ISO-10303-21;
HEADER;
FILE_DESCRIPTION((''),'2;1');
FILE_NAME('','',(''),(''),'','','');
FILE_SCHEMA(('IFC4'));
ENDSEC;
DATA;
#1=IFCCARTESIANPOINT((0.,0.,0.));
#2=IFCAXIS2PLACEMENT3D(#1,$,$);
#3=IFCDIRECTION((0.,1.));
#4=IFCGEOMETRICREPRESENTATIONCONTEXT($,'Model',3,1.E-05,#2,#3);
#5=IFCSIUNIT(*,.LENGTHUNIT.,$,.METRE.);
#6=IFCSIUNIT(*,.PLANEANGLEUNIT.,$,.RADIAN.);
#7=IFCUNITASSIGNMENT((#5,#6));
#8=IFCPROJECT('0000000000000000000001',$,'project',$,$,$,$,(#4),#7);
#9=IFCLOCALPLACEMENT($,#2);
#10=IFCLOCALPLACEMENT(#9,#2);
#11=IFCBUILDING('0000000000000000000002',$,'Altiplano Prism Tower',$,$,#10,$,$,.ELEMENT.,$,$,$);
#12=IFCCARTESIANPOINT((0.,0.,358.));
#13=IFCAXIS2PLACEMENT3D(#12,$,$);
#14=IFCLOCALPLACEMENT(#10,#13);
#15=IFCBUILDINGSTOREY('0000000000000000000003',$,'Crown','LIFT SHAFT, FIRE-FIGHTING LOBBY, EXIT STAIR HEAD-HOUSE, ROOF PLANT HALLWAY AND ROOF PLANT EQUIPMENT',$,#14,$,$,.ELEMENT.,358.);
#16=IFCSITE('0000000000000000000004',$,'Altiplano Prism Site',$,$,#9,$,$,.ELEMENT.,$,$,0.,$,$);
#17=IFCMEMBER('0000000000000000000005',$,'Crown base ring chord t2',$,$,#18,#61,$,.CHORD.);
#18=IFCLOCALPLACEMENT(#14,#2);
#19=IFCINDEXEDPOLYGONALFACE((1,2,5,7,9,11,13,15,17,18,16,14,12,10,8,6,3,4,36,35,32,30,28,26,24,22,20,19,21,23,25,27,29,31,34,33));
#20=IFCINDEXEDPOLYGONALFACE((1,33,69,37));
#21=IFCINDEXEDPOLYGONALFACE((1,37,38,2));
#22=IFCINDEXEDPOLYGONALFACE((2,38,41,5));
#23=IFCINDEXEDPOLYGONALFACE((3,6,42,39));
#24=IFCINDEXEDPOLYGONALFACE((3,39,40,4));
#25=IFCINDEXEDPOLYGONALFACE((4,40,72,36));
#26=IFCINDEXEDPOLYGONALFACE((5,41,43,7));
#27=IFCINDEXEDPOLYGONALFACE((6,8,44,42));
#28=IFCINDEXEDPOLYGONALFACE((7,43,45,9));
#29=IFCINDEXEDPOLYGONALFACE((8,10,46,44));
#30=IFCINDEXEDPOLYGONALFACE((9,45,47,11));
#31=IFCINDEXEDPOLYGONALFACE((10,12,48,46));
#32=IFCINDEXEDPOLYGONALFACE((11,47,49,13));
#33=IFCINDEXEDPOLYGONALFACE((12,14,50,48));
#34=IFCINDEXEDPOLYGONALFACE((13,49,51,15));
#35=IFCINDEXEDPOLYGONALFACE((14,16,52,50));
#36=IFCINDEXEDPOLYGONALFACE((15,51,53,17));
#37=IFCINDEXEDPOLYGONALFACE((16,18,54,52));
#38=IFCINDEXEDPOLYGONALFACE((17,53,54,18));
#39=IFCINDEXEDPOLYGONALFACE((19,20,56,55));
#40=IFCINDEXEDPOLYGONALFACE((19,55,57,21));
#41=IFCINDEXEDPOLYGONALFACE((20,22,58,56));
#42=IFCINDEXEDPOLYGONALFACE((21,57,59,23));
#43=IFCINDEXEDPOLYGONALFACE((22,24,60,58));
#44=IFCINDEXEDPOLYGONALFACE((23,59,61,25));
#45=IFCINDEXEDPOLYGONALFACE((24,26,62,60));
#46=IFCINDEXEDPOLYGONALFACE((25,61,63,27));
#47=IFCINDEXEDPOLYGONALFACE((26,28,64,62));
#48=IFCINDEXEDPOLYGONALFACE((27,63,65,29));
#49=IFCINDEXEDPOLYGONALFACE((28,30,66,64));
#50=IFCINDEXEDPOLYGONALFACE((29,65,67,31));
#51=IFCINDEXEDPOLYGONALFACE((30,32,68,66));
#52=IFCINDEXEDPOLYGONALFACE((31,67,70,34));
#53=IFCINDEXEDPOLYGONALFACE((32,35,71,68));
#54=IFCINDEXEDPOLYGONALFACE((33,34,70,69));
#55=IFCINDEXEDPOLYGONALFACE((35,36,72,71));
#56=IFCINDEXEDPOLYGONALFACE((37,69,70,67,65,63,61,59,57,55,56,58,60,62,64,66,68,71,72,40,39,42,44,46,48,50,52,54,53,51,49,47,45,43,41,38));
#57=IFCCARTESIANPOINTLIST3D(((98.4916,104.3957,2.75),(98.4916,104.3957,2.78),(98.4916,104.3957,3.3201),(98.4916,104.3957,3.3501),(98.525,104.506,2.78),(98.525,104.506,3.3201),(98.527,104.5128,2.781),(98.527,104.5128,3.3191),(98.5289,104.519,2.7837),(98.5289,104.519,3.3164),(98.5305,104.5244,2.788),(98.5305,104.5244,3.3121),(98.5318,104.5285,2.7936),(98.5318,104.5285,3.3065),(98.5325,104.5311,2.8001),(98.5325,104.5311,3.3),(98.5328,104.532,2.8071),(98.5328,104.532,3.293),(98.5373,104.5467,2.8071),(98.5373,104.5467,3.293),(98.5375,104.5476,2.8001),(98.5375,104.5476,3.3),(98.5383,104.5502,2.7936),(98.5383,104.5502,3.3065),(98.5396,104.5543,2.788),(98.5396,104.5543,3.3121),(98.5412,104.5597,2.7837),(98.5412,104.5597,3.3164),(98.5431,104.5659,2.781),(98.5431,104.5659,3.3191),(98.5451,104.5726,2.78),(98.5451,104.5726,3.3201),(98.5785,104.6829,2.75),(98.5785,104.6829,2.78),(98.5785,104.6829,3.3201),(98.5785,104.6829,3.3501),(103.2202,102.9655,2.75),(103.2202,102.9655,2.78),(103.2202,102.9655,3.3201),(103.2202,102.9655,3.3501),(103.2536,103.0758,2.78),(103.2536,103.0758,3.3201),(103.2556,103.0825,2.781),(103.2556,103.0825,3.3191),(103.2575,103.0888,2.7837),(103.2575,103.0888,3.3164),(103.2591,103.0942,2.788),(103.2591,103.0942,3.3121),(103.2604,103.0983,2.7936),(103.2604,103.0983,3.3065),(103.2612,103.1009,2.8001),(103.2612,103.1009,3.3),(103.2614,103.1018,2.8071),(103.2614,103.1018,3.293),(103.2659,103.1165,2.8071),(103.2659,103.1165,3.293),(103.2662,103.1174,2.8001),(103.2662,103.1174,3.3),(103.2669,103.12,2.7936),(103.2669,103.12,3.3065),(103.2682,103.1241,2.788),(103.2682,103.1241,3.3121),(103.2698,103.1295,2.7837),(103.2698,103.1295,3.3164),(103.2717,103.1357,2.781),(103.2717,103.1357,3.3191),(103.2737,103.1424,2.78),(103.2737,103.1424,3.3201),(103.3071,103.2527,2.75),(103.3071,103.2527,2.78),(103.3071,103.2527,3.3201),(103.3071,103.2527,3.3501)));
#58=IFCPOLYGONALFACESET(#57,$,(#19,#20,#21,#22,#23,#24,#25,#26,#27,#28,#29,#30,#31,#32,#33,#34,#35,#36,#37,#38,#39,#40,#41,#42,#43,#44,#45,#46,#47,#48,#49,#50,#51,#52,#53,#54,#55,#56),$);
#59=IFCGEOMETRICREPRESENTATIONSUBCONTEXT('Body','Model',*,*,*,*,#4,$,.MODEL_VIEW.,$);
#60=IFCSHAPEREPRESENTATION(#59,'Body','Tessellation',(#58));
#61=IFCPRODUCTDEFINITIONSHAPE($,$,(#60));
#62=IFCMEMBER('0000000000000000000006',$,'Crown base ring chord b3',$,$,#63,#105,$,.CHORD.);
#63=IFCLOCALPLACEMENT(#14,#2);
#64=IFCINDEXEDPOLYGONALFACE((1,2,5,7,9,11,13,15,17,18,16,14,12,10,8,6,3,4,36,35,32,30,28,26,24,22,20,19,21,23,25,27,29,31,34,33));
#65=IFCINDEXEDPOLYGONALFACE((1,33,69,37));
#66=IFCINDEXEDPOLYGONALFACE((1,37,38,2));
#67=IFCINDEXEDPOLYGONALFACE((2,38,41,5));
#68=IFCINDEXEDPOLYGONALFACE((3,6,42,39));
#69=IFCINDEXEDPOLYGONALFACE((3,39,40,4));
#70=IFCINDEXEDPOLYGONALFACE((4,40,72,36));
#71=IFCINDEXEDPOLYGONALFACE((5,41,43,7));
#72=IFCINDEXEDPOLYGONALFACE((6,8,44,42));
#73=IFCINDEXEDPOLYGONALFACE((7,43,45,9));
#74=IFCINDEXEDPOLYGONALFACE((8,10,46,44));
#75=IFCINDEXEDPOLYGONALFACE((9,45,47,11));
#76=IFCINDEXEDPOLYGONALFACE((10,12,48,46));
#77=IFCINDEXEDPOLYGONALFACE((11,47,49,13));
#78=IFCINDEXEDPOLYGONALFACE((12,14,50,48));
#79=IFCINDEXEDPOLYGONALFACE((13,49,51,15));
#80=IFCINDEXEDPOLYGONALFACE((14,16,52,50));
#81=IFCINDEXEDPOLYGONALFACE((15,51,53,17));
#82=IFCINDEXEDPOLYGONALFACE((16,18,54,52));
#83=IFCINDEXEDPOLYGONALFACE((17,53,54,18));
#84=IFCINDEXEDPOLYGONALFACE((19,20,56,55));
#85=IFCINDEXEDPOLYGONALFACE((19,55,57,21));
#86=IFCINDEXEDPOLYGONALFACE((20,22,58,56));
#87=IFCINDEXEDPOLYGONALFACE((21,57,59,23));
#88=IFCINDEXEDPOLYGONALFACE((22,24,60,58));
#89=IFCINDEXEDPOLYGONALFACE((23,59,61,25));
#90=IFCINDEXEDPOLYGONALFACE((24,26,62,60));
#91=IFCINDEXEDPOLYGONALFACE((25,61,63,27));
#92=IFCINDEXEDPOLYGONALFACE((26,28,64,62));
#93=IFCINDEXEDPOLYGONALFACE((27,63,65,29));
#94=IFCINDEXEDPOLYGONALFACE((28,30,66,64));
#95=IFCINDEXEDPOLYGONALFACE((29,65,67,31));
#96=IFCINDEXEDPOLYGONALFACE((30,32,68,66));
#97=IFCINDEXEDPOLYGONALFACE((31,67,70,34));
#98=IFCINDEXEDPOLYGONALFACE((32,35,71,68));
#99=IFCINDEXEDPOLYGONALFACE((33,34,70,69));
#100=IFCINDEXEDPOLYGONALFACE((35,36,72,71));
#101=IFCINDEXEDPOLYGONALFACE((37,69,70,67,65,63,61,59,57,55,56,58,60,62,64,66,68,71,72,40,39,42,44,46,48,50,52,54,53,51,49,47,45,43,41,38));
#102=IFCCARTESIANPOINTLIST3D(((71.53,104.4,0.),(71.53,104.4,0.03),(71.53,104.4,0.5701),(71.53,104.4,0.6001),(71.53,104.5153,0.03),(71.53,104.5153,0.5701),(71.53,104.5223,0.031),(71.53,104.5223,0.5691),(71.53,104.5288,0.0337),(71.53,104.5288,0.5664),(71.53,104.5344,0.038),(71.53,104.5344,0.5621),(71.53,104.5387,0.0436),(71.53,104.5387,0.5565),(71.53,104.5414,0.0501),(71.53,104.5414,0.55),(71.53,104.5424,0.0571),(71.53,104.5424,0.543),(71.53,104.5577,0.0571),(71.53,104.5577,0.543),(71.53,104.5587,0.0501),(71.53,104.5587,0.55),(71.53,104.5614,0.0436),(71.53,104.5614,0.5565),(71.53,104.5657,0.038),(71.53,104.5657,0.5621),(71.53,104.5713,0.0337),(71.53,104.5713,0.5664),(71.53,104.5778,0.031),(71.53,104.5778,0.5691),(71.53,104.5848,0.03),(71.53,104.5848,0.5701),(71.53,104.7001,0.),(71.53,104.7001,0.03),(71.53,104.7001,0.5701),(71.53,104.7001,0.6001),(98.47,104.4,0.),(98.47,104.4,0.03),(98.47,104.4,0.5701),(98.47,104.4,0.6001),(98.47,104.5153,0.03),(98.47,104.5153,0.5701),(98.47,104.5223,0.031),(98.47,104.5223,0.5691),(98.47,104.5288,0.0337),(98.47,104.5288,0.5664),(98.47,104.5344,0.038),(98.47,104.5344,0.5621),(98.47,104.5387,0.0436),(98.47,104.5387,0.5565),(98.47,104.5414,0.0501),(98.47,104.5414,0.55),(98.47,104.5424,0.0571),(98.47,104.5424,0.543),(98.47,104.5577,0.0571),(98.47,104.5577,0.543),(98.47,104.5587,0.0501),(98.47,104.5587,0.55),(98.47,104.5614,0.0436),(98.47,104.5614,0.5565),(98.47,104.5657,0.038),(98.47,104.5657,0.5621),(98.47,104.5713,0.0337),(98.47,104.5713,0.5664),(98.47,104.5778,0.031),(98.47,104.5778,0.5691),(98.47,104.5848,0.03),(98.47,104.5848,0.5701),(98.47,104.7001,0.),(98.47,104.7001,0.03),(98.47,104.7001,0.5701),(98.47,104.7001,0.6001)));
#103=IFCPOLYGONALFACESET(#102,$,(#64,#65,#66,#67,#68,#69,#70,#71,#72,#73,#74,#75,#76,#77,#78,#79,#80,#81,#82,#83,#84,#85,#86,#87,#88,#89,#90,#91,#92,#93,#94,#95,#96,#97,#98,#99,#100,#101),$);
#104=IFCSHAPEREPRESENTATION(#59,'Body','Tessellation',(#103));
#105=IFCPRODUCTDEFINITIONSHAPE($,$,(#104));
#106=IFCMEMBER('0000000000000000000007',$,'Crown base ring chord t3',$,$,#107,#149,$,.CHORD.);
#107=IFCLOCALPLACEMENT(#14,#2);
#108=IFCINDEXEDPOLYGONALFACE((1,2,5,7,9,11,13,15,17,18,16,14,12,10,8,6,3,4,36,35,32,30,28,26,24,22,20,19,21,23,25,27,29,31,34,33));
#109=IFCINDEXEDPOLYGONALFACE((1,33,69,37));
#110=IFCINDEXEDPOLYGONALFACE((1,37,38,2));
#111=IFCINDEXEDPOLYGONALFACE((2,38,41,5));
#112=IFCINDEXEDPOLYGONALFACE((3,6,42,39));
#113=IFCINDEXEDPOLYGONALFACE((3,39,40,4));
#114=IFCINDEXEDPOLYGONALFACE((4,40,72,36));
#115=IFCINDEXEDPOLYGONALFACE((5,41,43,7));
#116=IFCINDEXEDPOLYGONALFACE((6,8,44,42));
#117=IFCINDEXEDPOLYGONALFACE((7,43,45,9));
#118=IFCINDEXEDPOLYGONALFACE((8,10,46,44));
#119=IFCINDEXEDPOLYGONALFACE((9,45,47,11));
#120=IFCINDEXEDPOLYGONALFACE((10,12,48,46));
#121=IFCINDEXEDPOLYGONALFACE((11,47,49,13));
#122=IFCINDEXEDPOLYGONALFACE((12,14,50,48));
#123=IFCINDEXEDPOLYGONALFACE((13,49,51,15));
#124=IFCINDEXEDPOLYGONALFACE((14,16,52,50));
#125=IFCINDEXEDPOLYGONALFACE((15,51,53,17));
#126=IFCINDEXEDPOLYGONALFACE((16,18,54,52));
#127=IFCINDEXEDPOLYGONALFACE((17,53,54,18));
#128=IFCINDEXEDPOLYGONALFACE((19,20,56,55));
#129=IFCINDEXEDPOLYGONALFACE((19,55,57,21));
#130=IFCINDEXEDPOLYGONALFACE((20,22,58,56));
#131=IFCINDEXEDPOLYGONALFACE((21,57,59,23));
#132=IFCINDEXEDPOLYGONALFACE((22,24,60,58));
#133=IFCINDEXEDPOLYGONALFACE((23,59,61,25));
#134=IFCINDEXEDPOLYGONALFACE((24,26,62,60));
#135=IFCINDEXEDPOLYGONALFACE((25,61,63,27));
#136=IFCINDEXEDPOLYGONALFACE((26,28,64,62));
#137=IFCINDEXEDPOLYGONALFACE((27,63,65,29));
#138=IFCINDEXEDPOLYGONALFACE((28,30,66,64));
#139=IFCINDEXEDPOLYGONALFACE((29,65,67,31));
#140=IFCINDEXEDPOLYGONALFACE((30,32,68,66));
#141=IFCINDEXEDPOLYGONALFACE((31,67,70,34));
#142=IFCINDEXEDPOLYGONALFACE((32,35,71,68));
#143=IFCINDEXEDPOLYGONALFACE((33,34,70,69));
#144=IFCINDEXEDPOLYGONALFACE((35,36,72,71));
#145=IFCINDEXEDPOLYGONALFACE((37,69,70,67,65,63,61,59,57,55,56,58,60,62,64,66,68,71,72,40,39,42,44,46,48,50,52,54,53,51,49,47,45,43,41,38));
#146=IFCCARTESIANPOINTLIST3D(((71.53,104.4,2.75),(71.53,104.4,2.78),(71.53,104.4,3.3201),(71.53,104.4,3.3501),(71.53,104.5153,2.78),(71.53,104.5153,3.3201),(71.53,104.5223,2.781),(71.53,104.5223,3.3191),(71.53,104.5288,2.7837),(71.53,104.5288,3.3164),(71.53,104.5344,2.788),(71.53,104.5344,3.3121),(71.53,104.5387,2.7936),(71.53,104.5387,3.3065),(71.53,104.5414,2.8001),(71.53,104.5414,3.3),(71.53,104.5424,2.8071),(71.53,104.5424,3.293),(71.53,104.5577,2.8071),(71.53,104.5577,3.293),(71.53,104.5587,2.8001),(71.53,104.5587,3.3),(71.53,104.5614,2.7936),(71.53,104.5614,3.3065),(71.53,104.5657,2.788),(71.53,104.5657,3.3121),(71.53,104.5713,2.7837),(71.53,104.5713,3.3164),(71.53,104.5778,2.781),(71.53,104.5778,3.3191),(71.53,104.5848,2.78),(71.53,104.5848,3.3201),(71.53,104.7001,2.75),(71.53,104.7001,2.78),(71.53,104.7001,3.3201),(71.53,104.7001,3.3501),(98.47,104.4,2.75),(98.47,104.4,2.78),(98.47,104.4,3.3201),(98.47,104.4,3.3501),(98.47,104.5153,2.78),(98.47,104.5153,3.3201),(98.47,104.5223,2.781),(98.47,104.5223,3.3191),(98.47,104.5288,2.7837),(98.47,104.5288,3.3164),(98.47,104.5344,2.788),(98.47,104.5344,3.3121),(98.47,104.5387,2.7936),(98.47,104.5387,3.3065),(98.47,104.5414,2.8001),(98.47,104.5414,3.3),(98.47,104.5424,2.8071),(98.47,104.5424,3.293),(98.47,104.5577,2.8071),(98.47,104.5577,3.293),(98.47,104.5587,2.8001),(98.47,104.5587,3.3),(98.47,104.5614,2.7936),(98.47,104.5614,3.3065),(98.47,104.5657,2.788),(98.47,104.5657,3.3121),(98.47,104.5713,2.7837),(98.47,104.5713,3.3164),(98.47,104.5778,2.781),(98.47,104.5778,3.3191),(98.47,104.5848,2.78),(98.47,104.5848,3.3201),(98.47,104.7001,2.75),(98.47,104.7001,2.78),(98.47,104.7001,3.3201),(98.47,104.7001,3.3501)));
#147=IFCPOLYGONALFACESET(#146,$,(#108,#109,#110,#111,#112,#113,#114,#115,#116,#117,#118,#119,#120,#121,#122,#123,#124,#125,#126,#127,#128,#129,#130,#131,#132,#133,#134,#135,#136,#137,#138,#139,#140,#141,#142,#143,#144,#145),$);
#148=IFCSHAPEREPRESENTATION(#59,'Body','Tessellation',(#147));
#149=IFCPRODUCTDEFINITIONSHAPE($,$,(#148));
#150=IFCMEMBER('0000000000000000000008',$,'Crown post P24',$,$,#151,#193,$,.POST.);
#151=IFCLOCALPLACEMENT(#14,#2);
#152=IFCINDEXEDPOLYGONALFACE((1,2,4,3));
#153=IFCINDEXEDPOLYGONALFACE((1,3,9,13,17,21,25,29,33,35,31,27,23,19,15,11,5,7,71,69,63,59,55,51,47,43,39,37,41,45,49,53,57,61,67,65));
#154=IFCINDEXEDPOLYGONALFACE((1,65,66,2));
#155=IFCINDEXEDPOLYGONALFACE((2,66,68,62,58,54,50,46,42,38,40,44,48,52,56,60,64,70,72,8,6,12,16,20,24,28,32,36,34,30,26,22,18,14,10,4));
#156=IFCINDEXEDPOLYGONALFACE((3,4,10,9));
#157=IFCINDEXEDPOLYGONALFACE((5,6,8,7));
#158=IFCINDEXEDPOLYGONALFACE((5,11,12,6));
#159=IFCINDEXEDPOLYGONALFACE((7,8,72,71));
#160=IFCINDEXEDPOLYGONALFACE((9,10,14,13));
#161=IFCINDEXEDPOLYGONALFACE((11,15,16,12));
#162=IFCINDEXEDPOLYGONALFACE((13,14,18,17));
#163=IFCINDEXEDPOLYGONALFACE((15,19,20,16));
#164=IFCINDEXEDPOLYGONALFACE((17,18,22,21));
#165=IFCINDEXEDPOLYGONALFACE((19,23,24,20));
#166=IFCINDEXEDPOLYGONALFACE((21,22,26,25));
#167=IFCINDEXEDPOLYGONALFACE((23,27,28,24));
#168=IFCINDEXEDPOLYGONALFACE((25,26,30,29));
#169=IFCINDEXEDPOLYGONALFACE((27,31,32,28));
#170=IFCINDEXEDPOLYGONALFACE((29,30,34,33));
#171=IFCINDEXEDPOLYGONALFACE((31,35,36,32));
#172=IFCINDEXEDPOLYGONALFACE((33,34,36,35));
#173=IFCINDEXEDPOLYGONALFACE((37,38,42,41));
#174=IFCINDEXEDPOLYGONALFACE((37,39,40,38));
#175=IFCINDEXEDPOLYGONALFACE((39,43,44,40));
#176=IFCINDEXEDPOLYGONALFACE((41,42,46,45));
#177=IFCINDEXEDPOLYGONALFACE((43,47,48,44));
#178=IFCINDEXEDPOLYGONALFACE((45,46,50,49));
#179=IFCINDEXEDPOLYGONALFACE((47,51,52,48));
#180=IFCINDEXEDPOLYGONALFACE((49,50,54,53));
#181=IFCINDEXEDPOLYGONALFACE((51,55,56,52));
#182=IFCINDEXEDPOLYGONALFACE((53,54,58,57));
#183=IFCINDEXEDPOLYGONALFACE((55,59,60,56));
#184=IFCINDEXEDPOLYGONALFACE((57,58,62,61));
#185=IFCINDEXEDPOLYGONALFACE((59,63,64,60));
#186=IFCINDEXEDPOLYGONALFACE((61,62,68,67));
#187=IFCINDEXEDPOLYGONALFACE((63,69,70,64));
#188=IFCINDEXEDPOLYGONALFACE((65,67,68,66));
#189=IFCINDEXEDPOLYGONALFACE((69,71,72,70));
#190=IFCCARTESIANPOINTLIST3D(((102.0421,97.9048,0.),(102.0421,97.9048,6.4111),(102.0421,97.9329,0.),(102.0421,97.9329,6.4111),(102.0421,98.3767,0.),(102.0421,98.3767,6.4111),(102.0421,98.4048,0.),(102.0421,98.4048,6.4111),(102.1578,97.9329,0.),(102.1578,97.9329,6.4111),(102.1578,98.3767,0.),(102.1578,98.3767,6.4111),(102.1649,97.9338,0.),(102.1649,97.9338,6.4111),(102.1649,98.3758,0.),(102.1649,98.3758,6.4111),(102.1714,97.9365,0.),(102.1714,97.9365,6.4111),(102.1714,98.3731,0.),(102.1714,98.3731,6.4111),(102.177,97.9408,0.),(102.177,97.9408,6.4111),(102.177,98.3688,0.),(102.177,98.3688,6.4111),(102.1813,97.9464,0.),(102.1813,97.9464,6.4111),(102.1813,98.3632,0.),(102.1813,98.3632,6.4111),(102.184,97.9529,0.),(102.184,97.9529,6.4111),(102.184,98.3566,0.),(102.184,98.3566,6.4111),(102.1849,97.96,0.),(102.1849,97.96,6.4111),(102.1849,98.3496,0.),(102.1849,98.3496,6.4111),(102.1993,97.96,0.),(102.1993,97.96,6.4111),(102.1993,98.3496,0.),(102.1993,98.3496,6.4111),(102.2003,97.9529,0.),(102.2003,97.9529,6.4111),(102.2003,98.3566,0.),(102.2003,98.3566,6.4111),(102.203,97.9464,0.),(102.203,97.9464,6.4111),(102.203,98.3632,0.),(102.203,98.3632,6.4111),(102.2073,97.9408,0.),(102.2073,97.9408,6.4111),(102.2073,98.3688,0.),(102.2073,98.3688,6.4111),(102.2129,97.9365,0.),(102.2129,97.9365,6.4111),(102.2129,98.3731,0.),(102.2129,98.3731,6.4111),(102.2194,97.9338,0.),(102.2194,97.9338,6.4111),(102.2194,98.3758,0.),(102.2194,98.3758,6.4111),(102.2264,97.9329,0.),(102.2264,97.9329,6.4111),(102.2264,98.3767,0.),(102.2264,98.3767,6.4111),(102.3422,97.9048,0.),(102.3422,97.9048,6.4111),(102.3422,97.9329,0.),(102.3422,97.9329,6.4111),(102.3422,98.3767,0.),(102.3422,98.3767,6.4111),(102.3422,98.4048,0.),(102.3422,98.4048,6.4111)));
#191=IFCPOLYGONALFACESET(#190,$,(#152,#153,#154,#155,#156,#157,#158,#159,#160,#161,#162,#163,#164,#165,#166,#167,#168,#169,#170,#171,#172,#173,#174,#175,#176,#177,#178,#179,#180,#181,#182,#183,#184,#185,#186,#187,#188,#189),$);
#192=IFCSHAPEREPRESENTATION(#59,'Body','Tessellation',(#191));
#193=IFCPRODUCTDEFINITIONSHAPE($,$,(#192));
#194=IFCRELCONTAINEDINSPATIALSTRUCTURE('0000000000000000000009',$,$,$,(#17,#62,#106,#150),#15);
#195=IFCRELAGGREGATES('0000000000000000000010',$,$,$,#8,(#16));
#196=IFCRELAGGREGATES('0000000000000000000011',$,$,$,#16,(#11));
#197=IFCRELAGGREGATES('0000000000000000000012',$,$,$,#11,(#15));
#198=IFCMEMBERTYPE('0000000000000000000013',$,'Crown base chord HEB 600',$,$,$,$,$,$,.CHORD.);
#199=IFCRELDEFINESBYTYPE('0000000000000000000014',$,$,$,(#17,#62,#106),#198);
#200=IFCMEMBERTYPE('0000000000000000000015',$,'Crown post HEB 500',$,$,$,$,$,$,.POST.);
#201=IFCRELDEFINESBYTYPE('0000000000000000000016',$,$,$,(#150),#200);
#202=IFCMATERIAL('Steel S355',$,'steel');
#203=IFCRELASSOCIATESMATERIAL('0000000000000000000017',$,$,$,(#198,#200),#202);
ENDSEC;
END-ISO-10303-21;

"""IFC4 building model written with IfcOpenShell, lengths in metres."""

from ifc_helpers import new_model, si_unit, direction, frame, origin, origin_2d, place, context, subcontext, project, spatial, i_section, extrude, material, material_profile, profile_set, type_object, element, save


model = new_model("IFC4")

# Units and contexts
model_context = context("Model", 3, precision=1e-05, world=origin(), true_north=direction((0.0, 1.0)))
body_context = subcontext(model_context, "Body", "Model", "MODEL_VIEW")
ifc_project = project(units=[si_unit("LENGTHUNIT", "METRE"), si_unit("PLANEANGLEUNIT", "RADIAN")], contexts=[model_context])

# Site, building, storey
site_placement = place(None, origin())
site = spatial("IfcSite", under=ifc_project, at=site_placement, Name="Altiplano Prism Site", CompositionType="ELEMENT", RefElevation=0.0)
building_placement = place(site_placement, origin())
building = spatial("IfcBuilding", under=site, at=building_placement, Name="Altiplano Prism Tower", CompositionType="ELEMENT")
storey_placement = place(building_placement, frame((0.0, 0.0, 358.0)))
storey = spatial("IfcBuildingStorey", under=building, at=storey_placement, Name="Crown", Description="LIFT SHAFT, FIRE-FIGHTING LOBBY, EXIT STAIR HEAD-HOUSE, ROOF PLANT HALLWAY AND ROOF PLANT EQUIPMENT", CompositionType="ELEMENT", Elevation=358.0)

# Members
ifc_material_1 = material(Name="Steel S355", Category="steel")
ifc_material_profile_1 = material_profile(ifc_material_1, i_section(OverallWidth=0.3, OverallDepth=0.6001, WebThickness=0.0154, FlangeThickness=0.03, FilletRadius=0.0271, at=origin_2d()), Name="Crown base chord HEB 600")
ifc_profile_set_1 = profile_set([ifc_material_profile_1], Name="Steel S355")
member_type_1 = type_object("IfcMemberType", Name="Crown base chord HEB 600", PredefinedType="CHORD", material=ifc_profile_set_1)
for number, where, z_axis, x_axis, name in (
    (1, (103.2637, 103.1091, 3.05), (-0.957176, 0.289505, 0.0), (-0.289505, -0.957176, 0.0), "Crown base ring chord t2"),
):
    element("IfcMember", number, at=place(storey_placement, frame(where, z_axis=z_axis, x_axis=x_axis)), inside=storey, type_object=member_type_1, Name=name, PredefinedType="CHORD", context=body_context, shape_type="SweptSolid", body=[
        extrude(i_section(OverallWidth=0.3, OverallDepth=0.6001, WebThickness=0.0154, FlangeThickness=0.03, FilletRadius=0.0271, at=origin_2d()), origin(), (0.0, 0.0, 1.0), 4.9402),
    ])
for number, where, z_axis, x_axis, name in (
    (2, (98.47, 104.55, 0.3), (-1.0, 0.0, 0.0), (0.0, -1.0, 0.0), "Crown base ring chord b3"),
    (3, (98.47, 104.55, 3.05), (-1.0, 0.0, 0.0), (0.0, -1.0, 0.0), "Crown base ring chord t3"),
):
    element("IfcMember", number, at=place(storey_placement, frame(where, z_axis=z_axis, x_axis=x_axis)), inside=storey, type_object=member_type_1, Name=name, PredefinedType="CHORD", context=body_context, shape_type="SweptSolid", body=[
        extrude(i_section(OverallWidth=0.3, OverallDepth=0.6001, WebThickness=0.0154, FlangeThickness=0.03, FilletRadius=0.0271, at=origin_2d()), origin(), (0.0, 0.0, 1.0), 26.9399),
    ])
ifc_material_profile_2 = material_profile(ifc_material_1, i_section(OverallWidth=0.3, OverallDepth=0.5, WebThickness=0.0144, FlangeThickness=0.0281, FilletRadius=0.0271, at=origin_2d()), Name="Crown post HEB 500")
ifc_profile_set_2 = profile_set([ifc_material_profile_2], Name="Steel S355")
member_type_2 = type_object("IfcMemberType", Name="Crown post HEB 500", PredefinedType="POST", material=ifc_profile_set_2)
member_1_placement = place(storey_placement, frame((102.1921, 98.1548, 0.0), z_axis=(0.0, 0.0, 1.0), x_axis=(1.0, 0.0, 0.0)))
element("IfcMember", 4, at=member_1_placement, inside=storey, type_object=member_type_2, Name="Crown post P24", PredefinedType="POST", context=body_context, shape_type="SweptSolid", body=[
    extrude(i_section(OverallWidth=0.3, OverallDepth=0.5, WebThickness=0.0144, FlangeThickness=0.0281, FilletRadius=0.0271, at=origin_2d()), origin(), (0.0, 0.0, 1.0), 6.4111),
])

save(model, "model.ifc")
